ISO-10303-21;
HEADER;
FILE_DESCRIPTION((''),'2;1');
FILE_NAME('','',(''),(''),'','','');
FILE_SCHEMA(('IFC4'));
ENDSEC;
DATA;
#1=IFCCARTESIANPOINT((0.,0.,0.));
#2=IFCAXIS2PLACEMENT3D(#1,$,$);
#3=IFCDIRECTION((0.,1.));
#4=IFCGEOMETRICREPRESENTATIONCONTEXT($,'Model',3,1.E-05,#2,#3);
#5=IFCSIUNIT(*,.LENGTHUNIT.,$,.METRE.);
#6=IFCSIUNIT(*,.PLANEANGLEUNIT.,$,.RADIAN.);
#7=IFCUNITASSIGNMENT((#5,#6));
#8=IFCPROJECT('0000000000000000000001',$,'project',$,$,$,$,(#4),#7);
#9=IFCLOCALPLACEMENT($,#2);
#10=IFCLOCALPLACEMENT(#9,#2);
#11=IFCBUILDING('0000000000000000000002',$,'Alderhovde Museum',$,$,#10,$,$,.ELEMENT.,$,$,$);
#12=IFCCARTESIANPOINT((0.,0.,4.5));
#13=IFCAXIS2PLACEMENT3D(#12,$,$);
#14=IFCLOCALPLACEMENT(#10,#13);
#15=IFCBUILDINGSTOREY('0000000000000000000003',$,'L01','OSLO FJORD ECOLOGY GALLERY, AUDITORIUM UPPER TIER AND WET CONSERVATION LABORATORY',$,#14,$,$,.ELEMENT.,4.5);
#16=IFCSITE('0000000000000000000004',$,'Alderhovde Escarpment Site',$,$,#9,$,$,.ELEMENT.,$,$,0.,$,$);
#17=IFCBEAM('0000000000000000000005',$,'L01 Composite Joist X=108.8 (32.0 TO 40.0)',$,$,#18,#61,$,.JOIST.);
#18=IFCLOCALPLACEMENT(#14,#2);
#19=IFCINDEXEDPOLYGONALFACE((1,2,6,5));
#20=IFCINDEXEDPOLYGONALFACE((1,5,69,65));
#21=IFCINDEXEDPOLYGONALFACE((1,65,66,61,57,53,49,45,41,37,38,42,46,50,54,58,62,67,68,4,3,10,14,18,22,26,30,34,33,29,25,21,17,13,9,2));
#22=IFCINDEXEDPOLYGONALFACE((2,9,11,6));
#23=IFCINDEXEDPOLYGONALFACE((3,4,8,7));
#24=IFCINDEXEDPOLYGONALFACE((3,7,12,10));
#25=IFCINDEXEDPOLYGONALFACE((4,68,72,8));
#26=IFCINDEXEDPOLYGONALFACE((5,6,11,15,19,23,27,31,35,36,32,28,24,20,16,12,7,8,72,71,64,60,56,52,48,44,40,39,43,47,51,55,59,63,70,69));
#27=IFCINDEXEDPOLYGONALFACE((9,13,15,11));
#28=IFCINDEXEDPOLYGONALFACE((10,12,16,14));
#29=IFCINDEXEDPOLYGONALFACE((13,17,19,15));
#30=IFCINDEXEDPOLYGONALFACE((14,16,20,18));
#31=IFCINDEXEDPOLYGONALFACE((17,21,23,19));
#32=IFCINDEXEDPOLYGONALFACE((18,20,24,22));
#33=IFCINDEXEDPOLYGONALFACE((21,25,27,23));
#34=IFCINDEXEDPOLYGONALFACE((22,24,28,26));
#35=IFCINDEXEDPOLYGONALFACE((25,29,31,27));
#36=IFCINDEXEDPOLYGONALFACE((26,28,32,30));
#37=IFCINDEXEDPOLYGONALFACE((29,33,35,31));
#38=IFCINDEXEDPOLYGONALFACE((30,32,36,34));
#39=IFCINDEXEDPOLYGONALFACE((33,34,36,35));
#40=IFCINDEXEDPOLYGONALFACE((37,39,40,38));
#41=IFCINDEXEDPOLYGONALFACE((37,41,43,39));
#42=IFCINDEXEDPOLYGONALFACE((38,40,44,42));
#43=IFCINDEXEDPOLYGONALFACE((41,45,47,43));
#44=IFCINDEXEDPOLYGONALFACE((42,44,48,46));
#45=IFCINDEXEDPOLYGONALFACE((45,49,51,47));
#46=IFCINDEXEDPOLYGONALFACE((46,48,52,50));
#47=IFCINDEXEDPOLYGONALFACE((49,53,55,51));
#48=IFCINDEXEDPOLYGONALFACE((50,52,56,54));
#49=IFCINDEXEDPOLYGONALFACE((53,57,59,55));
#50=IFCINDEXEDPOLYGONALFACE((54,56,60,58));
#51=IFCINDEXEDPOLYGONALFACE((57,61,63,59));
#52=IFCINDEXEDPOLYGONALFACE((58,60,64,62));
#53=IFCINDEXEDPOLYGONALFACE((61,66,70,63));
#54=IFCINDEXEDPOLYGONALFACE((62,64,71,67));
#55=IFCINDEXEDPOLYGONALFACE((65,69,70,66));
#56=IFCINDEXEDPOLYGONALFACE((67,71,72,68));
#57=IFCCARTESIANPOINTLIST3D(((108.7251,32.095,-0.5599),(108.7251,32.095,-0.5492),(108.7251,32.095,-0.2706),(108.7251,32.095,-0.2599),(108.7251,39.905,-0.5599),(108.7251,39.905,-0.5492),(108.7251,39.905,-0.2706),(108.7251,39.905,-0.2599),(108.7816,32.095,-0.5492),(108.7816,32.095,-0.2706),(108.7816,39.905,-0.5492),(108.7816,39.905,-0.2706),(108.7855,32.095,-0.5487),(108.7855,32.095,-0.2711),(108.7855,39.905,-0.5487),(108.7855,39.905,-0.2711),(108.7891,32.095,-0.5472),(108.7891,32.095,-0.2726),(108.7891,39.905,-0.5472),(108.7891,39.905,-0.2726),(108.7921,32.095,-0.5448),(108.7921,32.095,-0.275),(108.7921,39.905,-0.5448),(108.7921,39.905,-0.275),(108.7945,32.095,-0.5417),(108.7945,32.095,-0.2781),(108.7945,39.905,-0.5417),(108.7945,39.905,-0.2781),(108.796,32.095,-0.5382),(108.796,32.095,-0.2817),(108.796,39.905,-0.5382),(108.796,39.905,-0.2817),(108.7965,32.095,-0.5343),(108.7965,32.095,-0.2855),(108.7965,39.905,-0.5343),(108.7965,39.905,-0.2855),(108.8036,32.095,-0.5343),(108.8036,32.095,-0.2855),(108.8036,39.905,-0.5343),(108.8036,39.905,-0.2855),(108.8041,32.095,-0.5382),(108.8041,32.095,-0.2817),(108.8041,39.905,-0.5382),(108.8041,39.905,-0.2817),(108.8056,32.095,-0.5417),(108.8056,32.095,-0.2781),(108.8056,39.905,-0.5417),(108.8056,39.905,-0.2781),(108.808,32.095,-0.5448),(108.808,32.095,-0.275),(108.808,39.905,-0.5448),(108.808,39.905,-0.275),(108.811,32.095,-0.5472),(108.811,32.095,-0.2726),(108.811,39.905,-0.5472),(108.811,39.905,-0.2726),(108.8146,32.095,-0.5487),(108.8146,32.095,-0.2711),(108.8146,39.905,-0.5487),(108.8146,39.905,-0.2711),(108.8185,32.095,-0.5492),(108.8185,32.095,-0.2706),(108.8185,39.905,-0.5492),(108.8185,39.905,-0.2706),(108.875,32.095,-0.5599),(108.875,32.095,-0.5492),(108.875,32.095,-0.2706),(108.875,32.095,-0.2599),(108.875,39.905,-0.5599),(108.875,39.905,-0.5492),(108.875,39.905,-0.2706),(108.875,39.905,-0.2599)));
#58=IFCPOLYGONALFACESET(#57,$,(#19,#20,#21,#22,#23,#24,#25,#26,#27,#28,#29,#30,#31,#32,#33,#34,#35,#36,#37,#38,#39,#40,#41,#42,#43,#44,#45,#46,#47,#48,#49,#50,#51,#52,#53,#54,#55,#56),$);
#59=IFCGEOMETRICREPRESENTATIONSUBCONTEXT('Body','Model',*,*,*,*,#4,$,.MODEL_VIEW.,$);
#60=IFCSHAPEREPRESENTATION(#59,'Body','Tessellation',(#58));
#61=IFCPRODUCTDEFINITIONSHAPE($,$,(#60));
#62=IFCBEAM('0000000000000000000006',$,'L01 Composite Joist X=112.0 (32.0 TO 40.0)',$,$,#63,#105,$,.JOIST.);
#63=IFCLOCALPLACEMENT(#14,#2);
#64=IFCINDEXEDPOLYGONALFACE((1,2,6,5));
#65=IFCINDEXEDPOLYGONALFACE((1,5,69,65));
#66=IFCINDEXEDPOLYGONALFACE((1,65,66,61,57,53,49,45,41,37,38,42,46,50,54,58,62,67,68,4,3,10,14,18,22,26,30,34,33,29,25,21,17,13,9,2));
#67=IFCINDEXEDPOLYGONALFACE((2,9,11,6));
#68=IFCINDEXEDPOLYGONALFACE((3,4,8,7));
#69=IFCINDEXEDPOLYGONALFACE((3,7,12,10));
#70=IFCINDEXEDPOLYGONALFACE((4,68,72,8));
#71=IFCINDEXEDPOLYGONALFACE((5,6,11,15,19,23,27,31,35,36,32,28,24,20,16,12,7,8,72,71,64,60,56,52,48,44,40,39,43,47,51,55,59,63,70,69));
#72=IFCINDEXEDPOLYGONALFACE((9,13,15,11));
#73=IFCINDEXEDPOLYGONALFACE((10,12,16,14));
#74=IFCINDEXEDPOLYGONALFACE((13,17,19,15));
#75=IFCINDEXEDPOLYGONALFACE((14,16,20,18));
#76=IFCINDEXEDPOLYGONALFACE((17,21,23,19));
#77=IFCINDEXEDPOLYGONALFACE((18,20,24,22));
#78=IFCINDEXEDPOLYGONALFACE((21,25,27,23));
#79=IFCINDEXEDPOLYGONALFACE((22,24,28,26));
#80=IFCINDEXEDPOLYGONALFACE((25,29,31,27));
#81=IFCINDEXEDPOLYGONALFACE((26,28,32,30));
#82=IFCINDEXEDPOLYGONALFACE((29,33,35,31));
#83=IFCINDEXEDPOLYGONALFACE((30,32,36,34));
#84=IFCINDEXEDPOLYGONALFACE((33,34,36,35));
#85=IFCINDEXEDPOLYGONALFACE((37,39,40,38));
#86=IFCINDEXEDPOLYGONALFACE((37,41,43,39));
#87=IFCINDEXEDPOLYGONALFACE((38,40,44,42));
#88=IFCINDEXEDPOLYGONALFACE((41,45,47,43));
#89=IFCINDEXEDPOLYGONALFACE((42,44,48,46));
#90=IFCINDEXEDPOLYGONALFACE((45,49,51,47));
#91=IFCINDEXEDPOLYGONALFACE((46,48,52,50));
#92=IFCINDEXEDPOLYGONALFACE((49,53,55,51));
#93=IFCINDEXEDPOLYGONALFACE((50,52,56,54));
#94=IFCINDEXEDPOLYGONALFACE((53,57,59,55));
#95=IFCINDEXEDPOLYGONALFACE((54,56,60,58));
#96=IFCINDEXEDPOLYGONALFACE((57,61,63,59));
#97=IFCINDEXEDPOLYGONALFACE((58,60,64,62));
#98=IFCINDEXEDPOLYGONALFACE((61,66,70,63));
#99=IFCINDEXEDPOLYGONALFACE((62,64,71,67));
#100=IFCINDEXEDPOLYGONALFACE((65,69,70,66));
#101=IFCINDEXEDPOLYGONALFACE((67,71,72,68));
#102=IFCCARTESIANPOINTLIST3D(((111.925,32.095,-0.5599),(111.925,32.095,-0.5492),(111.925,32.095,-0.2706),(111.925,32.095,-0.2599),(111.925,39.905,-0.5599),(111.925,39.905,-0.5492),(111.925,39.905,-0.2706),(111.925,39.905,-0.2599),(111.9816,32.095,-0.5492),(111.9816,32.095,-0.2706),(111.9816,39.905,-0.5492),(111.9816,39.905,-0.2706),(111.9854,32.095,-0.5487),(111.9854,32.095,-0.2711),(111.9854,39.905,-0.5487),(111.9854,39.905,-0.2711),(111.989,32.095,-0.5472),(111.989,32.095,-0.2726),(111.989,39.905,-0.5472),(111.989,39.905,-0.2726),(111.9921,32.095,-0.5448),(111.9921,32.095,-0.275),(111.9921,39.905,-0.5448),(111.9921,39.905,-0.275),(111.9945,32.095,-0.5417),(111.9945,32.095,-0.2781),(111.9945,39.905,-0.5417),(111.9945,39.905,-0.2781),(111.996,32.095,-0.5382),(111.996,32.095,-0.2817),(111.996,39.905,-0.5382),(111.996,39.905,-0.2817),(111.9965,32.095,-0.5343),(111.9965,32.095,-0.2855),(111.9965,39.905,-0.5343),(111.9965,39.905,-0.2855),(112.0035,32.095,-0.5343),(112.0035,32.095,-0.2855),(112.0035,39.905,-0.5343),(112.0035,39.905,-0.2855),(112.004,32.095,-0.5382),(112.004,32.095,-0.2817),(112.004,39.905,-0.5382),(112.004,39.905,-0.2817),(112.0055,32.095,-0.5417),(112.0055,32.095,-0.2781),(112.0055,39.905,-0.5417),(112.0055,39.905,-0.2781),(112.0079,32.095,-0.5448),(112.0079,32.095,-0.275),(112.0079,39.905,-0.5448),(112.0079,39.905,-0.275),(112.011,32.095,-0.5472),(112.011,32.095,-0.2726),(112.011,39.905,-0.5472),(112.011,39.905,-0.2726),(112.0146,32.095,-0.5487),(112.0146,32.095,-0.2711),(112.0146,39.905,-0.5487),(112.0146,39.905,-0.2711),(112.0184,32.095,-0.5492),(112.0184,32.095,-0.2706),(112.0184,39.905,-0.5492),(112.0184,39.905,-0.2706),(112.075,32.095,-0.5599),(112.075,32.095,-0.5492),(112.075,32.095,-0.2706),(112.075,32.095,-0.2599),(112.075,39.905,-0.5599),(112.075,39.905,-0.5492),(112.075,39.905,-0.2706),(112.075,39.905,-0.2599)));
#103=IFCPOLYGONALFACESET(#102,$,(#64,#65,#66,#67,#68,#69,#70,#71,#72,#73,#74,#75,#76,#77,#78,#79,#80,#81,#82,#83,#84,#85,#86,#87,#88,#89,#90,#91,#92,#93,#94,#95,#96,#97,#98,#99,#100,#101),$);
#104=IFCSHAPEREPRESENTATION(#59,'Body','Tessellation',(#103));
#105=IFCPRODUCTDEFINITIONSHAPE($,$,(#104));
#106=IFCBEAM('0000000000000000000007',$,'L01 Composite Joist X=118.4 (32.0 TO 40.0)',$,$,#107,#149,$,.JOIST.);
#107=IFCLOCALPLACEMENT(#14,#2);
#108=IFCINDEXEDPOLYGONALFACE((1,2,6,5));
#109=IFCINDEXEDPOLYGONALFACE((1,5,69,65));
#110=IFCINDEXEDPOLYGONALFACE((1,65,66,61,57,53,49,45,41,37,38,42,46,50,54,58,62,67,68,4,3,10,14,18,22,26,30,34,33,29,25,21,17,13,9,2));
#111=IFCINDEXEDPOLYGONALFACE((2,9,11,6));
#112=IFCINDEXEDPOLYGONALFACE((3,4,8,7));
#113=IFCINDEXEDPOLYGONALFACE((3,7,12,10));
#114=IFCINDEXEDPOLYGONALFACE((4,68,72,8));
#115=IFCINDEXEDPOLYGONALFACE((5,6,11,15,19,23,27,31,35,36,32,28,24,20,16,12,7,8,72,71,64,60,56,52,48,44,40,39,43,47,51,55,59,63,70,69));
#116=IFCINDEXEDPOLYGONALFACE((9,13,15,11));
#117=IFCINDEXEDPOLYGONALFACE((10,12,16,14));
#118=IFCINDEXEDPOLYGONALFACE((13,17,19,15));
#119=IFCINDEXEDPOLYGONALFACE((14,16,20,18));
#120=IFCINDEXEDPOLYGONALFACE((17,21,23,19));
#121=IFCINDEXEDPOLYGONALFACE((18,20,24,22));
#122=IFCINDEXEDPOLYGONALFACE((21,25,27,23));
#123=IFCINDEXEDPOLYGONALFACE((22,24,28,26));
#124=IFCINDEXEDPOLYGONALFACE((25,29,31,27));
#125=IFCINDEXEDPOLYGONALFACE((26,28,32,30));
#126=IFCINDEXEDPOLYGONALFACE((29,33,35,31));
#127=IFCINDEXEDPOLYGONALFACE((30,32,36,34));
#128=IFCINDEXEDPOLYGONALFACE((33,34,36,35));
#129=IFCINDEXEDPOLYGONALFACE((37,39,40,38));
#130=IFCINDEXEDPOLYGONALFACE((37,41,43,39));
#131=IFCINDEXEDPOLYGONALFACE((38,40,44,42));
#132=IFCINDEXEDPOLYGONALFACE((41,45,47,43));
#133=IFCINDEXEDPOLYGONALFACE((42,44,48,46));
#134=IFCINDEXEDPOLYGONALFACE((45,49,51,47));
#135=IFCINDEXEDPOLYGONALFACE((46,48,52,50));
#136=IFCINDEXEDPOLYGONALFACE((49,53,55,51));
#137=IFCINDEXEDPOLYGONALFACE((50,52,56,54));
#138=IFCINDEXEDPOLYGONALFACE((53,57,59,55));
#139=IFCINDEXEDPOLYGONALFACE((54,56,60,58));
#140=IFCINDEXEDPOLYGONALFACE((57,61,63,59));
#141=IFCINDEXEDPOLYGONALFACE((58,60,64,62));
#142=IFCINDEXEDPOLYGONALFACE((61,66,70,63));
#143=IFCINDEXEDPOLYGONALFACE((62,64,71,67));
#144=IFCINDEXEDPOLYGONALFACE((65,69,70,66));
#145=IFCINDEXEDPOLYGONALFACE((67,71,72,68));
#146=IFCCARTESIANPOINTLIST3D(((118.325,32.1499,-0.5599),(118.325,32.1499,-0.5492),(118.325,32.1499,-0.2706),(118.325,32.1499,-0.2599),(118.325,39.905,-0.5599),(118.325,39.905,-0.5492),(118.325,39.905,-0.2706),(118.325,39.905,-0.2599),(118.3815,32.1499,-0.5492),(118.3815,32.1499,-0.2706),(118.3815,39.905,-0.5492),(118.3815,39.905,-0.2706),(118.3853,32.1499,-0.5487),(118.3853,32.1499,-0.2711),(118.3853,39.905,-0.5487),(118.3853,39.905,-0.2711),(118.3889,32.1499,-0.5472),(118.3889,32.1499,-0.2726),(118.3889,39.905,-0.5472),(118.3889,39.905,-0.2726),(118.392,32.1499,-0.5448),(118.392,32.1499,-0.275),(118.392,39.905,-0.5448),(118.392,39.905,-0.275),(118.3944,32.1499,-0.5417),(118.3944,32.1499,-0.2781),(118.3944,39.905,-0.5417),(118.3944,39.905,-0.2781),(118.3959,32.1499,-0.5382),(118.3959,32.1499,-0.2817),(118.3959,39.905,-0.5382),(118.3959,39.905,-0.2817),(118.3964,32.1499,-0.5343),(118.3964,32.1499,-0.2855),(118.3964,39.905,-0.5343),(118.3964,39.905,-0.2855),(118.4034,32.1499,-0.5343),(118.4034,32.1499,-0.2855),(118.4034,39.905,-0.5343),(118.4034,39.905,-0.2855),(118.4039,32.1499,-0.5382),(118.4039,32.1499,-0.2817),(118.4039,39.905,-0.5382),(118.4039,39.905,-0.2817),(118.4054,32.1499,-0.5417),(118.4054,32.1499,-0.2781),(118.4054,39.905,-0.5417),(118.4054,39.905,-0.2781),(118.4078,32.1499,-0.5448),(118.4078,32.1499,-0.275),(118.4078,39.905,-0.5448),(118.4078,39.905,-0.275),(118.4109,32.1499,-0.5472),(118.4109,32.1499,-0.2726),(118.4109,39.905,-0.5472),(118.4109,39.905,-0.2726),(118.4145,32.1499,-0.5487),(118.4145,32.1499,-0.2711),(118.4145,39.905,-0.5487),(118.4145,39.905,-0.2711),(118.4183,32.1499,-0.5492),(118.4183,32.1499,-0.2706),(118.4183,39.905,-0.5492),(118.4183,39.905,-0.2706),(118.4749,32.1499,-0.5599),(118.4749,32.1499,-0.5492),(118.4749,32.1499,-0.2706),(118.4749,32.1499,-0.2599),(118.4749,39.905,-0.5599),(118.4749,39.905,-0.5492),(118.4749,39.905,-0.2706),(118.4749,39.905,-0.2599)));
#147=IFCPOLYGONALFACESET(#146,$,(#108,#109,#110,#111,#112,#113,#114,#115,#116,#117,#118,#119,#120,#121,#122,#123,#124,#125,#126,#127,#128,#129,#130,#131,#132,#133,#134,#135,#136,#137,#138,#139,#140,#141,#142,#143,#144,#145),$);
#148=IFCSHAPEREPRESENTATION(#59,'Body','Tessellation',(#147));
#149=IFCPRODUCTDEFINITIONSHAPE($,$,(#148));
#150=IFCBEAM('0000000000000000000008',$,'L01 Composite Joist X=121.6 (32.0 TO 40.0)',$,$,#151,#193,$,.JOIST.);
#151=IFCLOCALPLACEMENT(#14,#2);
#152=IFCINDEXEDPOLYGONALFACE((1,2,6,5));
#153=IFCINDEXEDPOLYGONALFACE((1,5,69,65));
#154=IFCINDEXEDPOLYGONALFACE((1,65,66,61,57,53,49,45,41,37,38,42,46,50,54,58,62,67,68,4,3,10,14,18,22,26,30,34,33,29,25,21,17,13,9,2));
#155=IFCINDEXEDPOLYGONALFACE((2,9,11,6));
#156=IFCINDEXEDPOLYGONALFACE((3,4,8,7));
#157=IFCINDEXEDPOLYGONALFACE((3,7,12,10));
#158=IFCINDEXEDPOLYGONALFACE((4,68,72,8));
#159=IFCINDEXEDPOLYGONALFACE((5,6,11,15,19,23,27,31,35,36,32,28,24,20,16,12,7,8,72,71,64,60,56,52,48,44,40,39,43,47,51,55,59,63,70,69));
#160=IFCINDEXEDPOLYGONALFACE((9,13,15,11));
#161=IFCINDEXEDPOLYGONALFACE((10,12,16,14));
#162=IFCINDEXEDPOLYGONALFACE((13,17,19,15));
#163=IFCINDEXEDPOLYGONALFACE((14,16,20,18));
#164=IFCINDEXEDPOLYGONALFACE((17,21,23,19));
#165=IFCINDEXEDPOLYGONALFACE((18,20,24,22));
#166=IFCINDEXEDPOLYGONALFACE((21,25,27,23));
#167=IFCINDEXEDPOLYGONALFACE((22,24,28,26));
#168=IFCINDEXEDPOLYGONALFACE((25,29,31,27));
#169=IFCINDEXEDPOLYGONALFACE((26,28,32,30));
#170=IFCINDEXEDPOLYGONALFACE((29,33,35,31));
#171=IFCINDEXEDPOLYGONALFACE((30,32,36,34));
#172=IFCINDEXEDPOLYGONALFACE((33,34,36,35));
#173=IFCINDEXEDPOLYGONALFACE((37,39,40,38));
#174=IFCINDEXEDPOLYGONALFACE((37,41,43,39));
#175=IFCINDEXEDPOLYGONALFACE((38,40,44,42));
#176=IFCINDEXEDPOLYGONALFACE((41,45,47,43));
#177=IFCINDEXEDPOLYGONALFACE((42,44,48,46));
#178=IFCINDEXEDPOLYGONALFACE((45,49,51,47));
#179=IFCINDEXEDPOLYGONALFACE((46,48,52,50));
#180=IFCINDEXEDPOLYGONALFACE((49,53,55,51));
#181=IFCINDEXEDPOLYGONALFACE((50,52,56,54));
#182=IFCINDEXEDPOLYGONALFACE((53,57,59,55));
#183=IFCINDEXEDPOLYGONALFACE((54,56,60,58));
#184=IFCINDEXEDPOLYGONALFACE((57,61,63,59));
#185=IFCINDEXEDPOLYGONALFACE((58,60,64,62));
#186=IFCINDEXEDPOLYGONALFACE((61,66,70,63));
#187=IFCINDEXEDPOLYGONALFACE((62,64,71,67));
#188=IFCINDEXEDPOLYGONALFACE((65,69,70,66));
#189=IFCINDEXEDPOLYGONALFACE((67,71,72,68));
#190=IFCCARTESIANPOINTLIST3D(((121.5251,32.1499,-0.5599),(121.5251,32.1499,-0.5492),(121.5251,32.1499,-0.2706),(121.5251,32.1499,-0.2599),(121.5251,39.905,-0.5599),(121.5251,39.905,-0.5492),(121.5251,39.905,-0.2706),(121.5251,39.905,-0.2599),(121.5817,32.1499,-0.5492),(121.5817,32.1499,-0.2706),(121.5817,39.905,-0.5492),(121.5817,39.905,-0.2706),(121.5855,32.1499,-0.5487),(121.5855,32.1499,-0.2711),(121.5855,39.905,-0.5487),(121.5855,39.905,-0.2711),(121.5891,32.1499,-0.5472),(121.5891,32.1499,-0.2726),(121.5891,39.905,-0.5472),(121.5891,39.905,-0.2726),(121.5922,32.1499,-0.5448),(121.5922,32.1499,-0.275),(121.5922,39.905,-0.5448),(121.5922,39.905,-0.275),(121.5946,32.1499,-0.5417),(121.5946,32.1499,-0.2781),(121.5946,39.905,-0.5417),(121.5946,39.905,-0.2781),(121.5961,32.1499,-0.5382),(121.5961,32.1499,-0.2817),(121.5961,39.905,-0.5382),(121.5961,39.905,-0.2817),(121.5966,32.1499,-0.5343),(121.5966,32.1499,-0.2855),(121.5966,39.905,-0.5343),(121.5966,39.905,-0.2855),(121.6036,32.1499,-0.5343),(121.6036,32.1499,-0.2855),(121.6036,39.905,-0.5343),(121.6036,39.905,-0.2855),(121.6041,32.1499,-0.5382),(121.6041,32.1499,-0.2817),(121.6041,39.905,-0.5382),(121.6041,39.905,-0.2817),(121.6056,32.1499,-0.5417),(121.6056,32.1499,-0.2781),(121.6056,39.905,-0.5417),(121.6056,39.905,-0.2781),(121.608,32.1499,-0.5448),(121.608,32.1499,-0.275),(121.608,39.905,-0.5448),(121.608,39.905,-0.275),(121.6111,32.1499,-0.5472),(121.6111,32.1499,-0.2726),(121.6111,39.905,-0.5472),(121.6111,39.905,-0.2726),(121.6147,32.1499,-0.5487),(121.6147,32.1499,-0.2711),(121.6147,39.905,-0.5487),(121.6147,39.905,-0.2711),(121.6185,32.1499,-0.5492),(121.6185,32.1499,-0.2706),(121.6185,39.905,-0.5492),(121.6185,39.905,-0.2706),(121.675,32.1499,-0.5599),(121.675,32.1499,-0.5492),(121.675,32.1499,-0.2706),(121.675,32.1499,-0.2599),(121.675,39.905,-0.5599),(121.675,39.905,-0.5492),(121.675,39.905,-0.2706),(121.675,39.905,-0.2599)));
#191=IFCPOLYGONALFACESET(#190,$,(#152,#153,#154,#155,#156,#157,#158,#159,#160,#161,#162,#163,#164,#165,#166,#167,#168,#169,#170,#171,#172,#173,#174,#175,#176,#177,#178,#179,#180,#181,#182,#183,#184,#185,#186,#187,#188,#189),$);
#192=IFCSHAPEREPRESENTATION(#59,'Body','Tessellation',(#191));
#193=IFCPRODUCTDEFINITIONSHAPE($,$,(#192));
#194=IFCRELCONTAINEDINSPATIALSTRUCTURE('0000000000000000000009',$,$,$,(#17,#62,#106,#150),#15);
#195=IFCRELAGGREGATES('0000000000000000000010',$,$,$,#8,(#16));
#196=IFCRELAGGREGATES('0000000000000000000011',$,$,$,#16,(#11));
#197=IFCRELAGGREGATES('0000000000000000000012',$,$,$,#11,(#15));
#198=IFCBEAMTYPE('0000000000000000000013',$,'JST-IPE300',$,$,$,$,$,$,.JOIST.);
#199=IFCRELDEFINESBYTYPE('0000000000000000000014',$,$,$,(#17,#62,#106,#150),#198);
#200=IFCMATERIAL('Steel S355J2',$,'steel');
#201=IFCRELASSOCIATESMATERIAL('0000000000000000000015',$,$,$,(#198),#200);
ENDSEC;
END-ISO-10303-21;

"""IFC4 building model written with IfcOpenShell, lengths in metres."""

from ifc_helpers import new_model, si_unit, direction, frame, origin, origin_2d, place, context, subcontext, project, spatial, i_section, extrude, material, material_profile, profile_set, type_object, element, save


model = new_model("IFC4")

# Units and contexts
model_context = context("Model", 3, precision=1e-05, world=origin(), true_north=direction((0.0, 1.0)))
body_context = subcontext(model_context, "Body", "Model", "MODEL_VIEW")
ifc_project = project(units=[si_unit("LENGTHUNIT", "METRE"), si_unit("PLANEANGLEUNIT", "RADIAN")], contexts=[model_context])

# Site, building, storey
site_placement = place(None, origin())
site = spatial("IfcSite", under=ifc_project, at=site_placement, Name="Alderhovde Escarpment Site", CompositionType="ELEMENT", RefElevation=0.0)
building_placement = place(site_placement, origin())
building = spatial("IfcBuilding", under=site, at=building_placement, Name="Alderhovde Museum", CompositionType="ELEMENT")
storey_placement = place(building_placement, frame((0.0, 0.0, 4.5)))
storey = spatial("IfcBuildingStorey", under=building, at=storey_placement, Name="L01", Description="OSLO FJORD ECOLOGY GALLERY, AUDITORIUM UPPER TIER AND WET CONSERVATION LABORATORY", CompositionType="ELEMENT", Elevation=4.5)

# Beams
ifc_material_1 = material(Name="Steel S355J2", Category="steel")
ifc_material_profile_1 = material_profile(ifc_material_1, i_section(OverallWidth=0.1499, OverallDepth=0.3, WebThickness=0.0071, FlangeThickness=0.0107, FilletRadius=0.0149, at=origin_2d()), Name="IPE 300")
ifc_profile_set_1 = profile_set([ifc_material_profile_1], Name="Steel S355J2")
beam_type_1 = type_object("IfcBeamType", Name="JST-IPE300", PredefinedType="JOIST", material=ifc_profile_set_1)
for number, where, z_axis, x_axis, name in (
    (1, (108.8, 32.095, -0.4099), (0.0, 1.0, 0.0), (-1.0, 0.0, 0.0), "L01 Composite Joist X=108.8 (32.0 TO 40.0)"),
    (2, (112.0, 32.095, -0.4099), (0.0, 1.0, 0.0), (-1.0, 0.0, 0.0), "L01 Composite Joist X=112.0 (32.0 TO 40.0)"),
):
    element("IfcBeam", number, at=place(storey_placement, frame(where, z_axis=z_axis, x_axis=x_axis)), inside=storey, type_object=beam_type_1, Name=name, PredefinedType="JOIST", context=body_context, shape_type="SweptSolid", body=[
        extrude(i_section(OverallWidth=0.1499, OverallDepth=0.3, WebThickness=0.0071, FlangeThickness=0.0107, FilletRadius=0.0149, at=origin_2d()), origin(), (0.0, 0.0, 1.0), 7.8101),
    ])
for number, where, z_axis, x_axis, name in (
    (3, (118.3999, 32.1499, -0.4099), (0.0, 1.0, 0.0), (-1.0, 0.0, 0.0), "L01 Composite Joist X=118.4 (32.0 TO 40.0)"),
    (4, (121.6001, 32.1499, -0.4099), (0.0, 1.0, 0.0), (-1.0, 0.0, 0.0), "L01 Composite Joist X=121.6 (32.0 TO 40.0)"),
):
    element("IfcBeam", number, at=place(storey_placement, frame(where, z_axis=z_axis, x_axis=x_axis)), inside=storey, type_object=beam_type_1, Name=name, PredefinedType="JOIST", context=body_context, shape_type="SweptSolid", body=[
        extrude(i_section(OverallWidth=0.1499, OverallDepth=0.3, WebThickness=0.0071, FlangeThickness=0.0107, FilletRadius=0.0149, at=origin_2d()), origin(), (0.0, 0.0, 1.0), 7.7551),
    ])

save(model, "model.ifc")
